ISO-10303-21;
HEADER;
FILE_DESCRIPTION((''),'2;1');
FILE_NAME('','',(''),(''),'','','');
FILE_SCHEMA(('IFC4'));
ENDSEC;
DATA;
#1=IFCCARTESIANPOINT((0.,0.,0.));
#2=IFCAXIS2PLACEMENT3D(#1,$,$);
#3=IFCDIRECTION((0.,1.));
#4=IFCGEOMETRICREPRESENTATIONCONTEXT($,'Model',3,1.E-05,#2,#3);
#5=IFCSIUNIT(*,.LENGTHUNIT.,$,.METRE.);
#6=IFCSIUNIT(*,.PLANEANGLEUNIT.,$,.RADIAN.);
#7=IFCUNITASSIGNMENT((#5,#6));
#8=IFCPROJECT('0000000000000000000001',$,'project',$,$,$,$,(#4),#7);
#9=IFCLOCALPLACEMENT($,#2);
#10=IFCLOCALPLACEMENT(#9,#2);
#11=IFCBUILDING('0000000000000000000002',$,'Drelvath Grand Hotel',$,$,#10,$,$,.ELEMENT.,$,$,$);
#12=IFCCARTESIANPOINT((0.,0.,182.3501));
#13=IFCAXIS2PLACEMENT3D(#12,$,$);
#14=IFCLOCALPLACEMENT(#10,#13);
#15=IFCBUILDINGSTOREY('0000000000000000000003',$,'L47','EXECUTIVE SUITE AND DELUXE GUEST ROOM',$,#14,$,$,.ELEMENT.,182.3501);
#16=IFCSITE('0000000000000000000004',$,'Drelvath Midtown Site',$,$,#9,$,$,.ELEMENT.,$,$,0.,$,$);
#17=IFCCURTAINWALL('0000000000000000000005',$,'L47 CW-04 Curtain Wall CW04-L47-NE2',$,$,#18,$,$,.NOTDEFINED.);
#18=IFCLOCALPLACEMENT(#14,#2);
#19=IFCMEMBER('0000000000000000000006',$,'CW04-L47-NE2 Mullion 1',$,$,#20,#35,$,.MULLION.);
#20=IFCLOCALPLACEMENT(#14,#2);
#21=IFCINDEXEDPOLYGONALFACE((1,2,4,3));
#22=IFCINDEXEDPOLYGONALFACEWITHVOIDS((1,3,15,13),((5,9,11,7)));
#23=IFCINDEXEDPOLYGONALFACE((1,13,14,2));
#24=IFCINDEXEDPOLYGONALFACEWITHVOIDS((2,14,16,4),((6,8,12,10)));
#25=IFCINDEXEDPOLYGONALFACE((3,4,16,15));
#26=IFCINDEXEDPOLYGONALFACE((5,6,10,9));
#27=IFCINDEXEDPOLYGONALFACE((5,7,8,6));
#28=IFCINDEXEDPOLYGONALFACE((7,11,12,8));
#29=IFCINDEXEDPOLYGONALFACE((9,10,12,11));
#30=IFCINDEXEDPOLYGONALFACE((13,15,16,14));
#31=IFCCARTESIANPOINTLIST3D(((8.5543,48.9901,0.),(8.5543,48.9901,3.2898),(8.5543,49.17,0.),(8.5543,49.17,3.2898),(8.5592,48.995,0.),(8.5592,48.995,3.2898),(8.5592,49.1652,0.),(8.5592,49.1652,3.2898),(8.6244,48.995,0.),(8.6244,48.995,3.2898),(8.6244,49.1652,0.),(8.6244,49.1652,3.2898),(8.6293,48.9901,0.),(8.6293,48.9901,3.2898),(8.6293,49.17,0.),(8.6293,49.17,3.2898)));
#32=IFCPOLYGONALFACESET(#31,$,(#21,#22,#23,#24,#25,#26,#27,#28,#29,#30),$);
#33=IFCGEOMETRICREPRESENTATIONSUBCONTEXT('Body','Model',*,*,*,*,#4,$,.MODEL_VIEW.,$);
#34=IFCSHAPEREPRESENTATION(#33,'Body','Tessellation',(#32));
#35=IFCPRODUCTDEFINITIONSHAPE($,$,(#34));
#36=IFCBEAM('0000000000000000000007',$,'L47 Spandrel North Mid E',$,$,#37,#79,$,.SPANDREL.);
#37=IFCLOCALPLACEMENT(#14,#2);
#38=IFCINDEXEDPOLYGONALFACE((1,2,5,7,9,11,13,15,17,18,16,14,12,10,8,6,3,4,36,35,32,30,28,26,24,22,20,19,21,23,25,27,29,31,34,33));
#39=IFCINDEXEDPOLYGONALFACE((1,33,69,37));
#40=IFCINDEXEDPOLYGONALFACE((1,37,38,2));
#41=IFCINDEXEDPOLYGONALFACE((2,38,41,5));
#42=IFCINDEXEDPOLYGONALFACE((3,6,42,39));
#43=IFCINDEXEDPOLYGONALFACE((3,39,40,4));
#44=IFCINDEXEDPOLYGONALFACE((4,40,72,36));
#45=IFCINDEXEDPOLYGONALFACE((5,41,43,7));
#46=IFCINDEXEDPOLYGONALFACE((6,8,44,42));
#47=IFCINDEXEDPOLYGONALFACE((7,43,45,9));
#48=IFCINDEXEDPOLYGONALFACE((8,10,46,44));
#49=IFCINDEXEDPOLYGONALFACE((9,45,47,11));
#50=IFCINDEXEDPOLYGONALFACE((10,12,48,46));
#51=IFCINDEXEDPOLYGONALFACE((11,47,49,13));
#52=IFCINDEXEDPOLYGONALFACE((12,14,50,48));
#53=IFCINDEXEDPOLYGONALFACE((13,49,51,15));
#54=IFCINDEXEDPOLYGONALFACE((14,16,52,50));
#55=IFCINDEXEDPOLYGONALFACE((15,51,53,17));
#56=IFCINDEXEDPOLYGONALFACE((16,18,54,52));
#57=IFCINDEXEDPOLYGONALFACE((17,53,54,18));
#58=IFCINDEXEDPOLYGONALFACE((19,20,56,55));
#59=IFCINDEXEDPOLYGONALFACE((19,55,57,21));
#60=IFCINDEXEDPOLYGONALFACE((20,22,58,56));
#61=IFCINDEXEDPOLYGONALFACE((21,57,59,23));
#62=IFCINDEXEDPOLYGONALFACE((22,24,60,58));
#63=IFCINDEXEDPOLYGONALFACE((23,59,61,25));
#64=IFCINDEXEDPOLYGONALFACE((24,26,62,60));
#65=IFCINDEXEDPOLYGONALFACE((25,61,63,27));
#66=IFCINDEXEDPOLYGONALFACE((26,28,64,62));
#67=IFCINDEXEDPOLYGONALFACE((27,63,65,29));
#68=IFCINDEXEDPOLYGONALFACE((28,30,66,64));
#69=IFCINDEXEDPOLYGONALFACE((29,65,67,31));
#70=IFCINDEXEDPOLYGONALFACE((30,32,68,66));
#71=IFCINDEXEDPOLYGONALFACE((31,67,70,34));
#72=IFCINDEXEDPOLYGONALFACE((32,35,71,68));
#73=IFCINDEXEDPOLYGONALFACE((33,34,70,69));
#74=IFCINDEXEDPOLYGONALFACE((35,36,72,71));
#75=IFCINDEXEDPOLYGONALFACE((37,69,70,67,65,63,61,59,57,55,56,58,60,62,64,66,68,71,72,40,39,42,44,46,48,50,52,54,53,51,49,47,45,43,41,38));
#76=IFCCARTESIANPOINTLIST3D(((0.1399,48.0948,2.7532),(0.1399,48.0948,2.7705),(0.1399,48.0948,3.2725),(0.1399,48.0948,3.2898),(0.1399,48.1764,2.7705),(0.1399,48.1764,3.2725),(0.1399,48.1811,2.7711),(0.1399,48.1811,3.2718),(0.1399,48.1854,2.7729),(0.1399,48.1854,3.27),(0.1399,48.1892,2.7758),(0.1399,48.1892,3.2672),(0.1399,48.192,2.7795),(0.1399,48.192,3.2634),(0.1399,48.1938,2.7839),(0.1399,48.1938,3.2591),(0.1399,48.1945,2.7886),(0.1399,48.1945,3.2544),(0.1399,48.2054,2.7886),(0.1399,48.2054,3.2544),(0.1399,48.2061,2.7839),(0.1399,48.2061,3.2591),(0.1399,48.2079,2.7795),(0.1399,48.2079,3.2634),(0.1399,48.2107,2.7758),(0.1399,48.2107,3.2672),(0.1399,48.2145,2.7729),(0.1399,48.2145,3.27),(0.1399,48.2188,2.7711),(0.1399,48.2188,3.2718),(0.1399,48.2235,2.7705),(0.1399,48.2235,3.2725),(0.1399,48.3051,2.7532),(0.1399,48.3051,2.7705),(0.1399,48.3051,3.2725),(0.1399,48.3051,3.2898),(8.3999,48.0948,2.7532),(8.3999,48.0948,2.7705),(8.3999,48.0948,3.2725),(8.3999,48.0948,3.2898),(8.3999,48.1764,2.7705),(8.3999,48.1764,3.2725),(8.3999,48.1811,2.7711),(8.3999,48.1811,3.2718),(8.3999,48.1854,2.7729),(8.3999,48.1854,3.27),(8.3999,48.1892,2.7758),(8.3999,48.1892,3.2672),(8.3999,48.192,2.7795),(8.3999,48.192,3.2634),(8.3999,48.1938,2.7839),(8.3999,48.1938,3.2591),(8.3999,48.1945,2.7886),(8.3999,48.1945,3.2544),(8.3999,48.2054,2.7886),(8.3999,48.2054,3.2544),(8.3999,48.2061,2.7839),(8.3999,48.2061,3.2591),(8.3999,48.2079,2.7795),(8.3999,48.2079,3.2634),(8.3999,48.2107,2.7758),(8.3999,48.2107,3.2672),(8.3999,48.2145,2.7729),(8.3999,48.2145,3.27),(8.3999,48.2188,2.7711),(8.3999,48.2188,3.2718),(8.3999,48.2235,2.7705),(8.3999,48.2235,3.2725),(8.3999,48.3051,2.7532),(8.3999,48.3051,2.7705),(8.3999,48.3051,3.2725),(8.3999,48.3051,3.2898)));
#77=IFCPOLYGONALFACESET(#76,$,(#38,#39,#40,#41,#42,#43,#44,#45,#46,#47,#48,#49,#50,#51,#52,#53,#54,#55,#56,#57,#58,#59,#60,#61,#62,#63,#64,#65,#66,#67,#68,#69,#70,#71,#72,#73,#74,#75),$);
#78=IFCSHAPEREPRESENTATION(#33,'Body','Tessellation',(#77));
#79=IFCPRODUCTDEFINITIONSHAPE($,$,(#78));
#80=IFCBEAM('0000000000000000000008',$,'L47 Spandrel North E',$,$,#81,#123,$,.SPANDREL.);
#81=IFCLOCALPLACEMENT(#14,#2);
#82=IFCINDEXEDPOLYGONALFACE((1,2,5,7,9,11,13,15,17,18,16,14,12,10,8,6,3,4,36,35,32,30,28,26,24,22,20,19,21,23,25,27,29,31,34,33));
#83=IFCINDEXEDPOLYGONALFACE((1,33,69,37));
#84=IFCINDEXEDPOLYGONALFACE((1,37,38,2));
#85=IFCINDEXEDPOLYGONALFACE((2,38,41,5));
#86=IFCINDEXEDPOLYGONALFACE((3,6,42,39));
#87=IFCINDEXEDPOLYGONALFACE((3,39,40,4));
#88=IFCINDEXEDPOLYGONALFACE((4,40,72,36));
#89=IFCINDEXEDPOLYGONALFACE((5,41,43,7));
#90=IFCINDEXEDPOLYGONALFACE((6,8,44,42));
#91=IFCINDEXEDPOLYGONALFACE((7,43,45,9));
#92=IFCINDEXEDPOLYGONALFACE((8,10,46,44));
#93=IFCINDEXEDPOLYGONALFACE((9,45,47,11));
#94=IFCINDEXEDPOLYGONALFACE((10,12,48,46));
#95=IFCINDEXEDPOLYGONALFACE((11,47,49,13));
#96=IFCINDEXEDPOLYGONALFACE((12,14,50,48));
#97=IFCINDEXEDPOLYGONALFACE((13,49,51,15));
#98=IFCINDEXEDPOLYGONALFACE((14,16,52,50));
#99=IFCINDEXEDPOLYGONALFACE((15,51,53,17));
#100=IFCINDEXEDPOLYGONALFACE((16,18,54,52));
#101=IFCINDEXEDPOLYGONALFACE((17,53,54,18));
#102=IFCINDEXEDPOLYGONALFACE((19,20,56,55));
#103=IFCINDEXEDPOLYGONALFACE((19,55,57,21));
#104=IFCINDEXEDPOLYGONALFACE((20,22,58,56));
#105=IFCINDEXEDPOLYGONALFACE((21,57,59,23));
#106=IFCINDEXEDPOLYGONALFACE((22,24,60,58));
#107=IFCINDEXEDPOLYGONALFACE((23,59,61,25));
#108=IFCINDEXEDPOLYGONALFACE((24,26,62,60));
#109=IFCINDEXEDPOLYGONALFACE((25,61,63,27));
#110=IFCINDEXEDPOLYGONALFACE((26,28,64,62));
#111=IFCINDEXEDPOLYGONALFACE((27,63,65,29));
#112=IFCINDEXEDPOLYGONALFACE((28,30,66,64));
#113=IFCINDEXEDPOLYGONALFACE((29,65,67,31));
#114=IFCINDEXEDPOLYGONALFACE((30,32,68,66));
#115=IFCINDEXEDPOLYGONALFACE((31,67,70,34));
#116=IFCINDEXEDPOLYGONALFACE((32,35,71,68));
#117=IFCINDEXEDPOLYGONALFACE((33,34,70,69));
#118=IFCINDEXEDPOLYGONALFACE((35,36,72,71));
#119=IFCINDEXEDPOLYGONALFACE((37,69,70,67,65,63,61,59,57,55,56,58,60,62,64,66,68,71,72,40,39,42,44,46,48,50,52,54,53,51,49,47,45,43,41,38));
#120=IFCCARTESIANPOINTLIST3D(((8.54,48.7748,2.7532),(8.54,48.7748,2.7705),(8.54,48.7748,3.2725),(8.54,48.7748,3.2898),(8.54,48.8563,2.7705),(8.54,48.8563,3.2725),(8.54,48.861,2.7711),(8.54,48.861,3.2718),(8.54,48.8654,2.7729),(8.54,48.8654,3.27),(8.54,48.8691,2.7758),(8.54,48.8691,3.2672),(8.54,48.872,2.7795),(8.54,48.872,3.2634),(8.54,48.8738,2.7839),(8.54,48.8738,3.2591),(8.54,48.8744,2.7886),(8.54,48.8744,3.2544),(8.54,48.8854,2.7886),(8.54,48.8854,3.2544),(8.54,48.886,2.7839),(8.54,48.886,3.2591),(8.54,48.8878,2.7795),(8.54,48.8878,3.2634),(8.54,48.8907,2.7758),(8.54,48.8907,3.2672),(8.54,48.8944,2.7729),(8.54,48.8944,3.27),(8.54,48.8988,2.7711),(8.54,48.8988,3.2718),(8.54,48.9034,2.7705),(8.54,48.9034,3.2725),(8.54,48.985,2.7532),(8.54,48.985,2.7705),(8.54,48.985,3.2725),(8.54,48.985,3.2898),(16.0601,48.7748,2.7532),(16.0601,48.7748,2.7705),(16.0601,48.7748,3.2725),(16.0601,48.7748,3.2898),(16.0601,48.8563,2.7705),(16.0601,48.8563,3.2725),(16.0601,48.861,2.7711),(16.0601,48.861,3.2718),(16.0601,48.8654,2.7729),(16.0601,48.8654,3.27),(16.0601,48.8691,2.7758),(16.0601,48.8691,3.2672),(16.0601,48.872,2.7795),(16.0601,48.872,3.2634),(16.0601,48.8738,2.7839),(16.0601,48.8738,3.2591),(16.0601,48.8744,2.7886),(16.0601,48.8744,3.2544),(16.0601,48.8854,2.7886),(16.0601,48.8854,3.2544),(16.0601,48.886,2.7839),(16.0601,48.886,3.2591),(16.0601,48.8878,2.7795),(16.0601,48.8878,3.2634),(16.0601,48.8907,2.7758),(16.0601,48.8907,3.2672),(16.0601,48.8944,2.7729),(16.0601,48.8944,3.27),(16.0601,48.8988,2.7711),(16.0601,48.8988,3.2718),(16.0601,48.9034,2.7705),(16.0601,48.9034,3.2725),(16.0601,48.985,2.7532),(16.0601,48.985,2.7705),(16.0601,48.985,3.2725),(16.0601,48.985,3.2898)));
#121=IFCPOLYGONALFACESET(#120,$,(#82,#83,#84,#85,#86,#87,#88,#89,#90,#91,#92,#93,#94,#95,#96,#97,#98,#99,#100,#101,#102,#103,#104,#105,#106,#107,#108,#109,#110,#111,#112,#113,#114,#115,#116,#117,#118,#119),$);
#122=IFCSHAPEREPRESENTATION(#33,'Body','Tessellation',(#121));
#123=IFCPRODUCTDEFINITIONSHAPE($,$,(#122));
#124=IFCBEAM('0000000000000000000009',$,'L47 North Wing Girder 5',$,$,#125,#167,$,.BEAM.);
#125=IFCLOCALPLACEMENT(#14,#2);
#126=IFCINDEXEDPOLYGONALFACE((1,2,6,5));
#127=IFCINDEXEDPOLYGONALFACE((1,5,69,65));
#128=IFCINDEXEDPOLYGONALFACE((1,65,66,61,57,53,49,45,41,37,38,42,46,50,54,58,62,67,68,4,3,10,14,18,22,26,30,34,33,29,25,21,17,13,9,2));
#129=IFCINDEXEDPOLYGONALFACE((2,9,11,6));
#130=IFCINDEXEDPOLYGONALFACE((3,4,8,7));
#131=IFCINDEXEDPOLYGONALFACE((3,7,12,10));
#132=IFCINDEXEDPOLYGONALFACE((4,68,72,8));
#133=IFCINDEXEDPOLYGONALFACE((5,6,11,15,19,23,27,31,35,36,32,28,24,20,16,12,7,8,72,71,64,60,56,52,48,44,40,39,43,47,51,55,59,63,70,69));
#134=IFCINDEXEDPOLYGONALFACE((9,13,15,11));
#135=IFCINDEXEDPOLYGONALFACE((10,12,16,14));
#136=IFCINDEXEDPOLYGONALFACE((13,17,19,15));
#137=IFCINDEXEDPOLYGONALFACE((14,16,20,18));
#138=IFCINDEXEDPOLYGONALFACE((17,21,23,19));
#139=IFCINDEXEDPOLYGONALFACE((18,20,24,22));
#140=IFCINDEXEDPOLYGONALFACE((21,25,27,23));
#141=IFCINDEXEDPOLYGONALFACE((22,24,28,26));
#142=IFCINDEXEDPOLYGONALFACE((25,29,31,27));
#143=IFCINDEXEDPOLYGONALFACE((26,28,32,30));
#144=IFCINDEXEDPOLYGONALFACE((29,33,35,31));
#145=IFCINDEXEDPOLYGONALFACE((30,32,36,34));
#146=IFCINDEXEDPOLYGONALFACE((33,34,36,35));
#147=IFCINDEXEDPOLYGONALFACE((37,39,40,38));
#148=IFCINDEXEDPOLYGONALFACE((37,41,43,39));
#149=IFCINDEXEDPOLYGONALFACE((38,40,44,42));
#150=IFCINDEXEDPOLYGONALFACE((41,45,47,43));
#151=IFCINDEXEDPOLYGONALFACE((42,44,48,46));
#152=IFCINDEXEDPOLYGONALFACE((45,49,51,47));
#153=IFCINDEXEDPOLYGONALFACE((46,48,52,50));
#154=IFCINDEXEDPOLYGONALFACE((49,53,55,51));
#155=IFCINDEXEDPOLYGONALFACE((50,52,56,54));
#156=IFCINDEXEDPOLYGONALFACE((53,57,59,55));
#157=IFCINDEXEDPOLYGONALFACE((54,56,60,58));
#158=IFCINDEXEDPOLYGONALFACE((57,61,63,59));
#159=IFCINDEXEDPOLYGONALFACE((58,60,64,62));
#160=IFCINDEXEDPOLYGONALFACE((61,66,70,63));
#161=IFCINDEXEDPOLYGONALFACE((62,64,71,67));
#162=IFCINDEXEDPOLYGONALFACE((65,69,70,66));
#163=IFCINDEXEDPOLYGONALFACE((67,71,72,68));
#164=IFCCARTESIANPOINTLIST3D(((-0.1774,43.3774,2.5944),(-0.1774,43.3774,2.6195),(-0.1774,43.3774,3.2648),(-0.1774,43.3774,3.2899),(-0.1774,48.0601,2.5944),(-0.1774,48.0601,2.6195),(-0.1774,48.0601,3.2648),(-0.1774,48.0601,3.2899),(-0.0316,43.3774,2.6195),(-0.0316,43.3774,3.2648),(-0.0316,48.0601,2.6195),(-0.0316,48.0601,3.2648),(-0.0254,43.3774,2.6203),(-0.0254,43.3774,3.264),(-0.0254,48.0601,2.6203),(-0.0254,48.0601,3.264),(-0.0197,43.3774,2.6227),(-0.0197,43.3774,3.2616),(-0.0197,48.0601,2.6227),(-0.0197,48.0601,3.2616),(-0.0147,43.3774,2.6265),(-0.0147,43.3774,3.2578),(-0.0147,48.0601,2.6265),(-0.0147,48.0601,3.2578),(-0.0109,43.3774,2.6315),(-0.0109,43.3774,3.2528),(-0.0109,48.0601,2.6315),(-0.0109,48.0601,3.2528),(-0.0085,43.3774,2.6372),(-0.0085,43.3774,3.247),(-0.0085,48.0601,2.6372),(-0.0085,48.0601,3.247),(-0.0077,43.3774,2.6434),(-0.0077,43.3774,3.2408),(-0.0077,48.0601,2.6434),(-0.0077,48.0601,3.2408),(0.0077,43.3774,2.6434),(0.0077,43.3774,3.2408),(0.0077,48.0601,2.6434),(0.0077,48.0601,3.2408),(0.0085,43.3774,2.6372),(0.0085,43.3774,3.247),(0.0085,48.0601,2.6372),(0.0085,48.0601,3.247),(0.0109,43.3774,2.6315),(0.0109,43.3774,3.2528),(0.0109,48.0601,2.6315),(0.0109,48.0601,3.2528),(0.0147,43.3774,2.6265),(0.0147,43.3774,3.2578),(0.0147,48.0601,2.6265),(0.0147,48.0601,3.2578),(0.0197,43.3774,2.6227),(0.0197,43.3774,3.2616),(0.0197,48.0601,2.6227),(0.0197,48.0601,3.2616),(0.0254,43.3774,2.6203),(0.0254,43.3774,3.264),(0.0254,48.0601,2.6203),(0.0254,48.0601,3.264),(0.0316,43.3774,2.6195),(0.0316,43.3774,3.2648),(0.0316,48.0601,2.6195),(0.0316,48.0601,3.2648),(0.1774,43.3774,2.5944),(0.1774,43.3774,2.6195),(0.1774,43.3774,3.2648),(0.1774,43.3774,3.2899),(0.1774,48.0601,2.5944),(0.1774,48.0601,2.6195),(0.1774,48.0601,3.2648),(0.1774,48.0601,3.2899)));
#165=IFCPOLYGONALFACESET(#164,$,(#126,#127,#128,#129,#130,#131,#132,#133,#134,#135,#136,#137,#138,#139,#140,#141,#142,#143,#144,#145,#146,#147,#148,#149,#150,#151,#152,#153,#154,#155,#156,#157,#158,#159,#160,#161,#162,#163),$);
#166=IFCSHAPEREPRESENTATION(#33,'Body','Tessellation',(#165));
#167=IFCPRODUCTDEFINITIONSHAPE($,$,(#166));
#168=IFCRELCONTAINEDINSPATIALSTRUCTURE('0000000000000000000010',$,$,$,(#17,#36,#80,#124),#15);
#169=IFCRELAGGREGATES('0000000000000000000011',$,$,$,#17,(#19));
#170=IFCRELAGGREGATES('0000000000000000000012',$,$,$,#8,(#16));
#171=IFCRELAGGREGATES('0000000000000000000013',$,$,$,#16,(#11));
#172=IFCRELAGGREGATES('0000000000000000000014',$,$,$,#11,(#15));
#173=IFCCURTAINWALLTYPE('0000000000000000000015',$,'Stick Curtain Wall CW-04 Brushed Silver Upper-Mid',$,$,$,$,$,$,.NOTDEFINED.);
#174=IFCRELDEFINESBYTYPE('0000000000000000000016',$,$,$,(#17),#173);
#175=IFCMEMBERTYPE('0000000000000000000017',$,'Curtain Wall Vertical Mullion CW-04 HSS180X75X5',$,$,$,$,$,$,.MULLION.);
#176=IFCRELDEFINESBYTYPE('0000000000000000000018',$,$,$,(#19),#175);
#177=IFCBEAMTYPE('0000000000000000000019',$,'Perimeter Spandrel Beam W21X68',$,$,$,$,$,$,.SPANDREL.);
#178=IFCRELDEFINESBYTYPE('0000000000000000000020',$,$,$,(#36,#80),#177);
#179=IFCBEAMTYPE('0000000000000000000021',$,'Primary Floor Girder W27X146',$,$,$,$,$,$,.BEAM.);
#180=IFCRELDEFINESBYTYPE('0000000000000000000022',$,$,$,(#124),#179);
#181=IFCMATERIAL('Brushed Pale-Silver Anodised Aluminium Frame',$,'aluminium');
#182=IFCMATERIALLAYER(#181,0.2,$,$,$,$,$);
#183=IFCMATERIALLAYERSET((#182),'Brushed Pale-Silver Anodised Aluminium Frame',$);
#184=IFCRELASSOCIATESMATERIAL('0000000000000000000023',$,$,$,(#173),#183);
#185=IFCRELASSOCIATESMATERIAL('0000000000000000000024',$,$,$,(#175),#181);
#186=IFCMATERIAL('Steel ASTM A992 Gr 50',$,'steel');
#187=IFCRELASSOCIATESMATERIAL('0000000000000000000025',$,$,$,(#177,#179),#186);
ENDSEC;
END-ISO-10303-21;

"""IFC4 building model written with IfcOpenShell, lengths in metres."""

from ifc_helpers import new_model, si_unit, direction, frame, origin, origin_2d, place, context, subcontext, project, spatial, hollow_rectangle, i_section, extrude, material, layer, layer_set, material_profile, profile_set, type_object, element, aggregate, save


model = new_model("IFC4")

# Units and contexts
model_context = context("Model", 3, precision=1e-05, world=origin(), true_north=direction((0.0, 1.0)))
body_context = subcontext(model_context, "Body", "Model", "MODEL_VIEW")
ifc_project = project(units=[si_unit("LENGTHUNIT", "METRE"), si_unit("PLANEANGLEUNIT", "RADIAN")], contexts=[model_context])

# Site, building, storey
site_placement = place(None, origin())
site = spatial("IfcSite", under=ifc_project, at=site_placement, Name="Drelvath Midtown Site", CompositionType="ELEMENT", RefElevation=0.0)
building_placement = place(site_placement, origin())
building = spatial("IfcBuilding", under=site, at=building_placement, Name="Drelvath Grand Hotel", CompositionType="ELEMENT")
storey_placement = place(building_placement, frame((0.0, 0.0, 182.3501)))
storey = spatial("IfcBuildingStorey", under=building, at=storey_placement, Name="L47", Description="EXECUTIVE SUITE AND DELUXE GUEST ROOM", CompositionType="ELEMENT", Elevation=182.3501)

# Curtain wall
ifc_material_1 = material(Name="Brushed Pale-Silver Anodised Aluminium Frame", Category="aluminium")
ifc_layer_1 = layer(ifc_material_1, 0.2)
ifc_layer_set_1 = layer_set([ifc_layer_1], Name="Brushed Pale-Silver Anodised Aluminium Frame")
curtain_wall_type = type_object("IfcCurtainWallType", Name="Stick Curtain Wall CW-04 Brushed Silver Upper-Mid", PredefinedType="NOTDEFINED", material=ifc_layer_set_1)
curtain_wall_1_placement = place(storey_placement, origin())
curtain_wall_1 = element("IfcCurtainWall", 1, at=curtain_wall_1_placement, inside=storey, type_object=curtain_wall_type, Name="L47 CW-04 Curtain Wall CW04-L47-NE2", PredefinedType="NOTDEFINED")

# Member
ifc_material_profile_1 = material_profile(ifc_material_1, hollow_rectangle(XDim=0.075, YDim=0.1799, WallThickness=0.0049, at=origin_2d()), Name="HSS180X75X5")
ifc_profile_set_1 = profile_set([ifc_material_profile_1], Name="Brushed Pale-Silver Anodised Aluminium Frame")
member_type_1 = type_object("IfcMemberType", Name="Curtain Wall Vertical Mullion CW-04 HSS180X75X5", PredefinedType="MULLION", material=ifc_profile_set_1)
member_1_placement = place(storey_placement, frame((8.5918, 49.0801, 0.0), z_axis=(0.0, 0.0, 1.0), x_axis=(1.0, 0.0, 0.0)))
member_1 = element("IfcMember", 2, at=member_1_placement, type_object=member_type_1, Name="CW04-L47-NE2 Mullion 1", PredefinedType="MULLION", context=body_context, shape_type="SweptSolid", body=[
    extrude(hollow_rectangle(XDim=0.075, YDim=0.1799, WallThickness=0.0049, at=origin_2d()), origin(), (0.0, 0.0, 1.0), 3.2898),
])

# Beams
ifc_material_2 = material(Name="Steel ASTM A992 Gr 50", Category="steel")
ifc_material_profile_2 = material_profile(ifc_material_2, i_section(OverallWidth=0.2102, OverallDepth=0.5366, WebThickness=0.011, FlangeThickness=0.0173, FilletRadius=0.0181, at=origin_2d()), Name="W21X68")
ifc_profile_set_2 = profile_set([ifc_material_profile_2], Name="Steel ASTM A992 Gr 50")
beam_type_1 = type_object("IfcBeamType", Name="Perimeter Spandrel Beam W21X68", PredefinedType="SPANDREL", material=ifc_profile_set_2)
beam_1_placement = place(storey_placement, frame((0.1399, 48.2, 3.0215), z_axis=(1.0, 0.0, 0.0), x_axis=(0.0, 1.0, 0.0)))
element("IfcBeam", 3, at=beam_1_placement, inside=storey, type_object=beam_type_1, Name="L47 Spandrel North Mid E", PredefinedType="SPANDREL", context=body_context, shape_type="SweptSolid", body=[
    extrude(i_section(OverallWidth=0.2102, OverallDepth=0.5366, WebThickness=0.011, FlangeThickness=0.0173, FilletRadius=0.0181, at=origin_2d()), origin(), (0.0, 0.0, 1.0), 8.26),
])
beam_2_placement = place(storey_placement, frame((8.54, 48.8799, 3.0215), z_axis=(1.0, 0.0, 0.0), x_axis=(0.0, 1.0, 0.0)))
element("IfcBeam", 4, at=beam_2_placement, inside=storey, type_object=beam_type_1, Name="L47 Spandrel North E", PredefinedType="SPANDREL", context=body_context, shape_type="SweptSolid", body=[
    extrude(i_section(OverallWidth=0.2102, OverallDepth=0.5366, WebThickness=0.011, FlangeThickness=0.0173, FilletRadius=0.0181, at=origin_2d()), origin(), (0.0, 0.0, 1.0), 7.52),
])
ifc_material_profile_3 = material_profile(ifc_material_2, i_section(OverallWidth=0.3547, OverallDepth=0.6956, WebThickness=0.0154, FlangeThickness=0.0251, FilletRadius=0.0239, at=origin_2d()), Name="W27X146")
ifc_profile_set_3 = profile_set([ifc_material_profile_3], Name="Steel ASTM A992 Gr 50")
beam_type_2 = type_object("IfcBeamType", Name="Primary Floor Girder W27X146", PredefinedType="BEAM", material=ifc_profile_set_3)
beam_3_placement = place(storey_placement, frame((0.0, 43.3774, 2.9421), z_axis=(0.0, 1.0, 0.0), x_axis=(-1.0, 0.0, 0.0)))
element("IfcBeam", 5, at=beam_3_placement, inside=storey, type_object=beam_type_2, Name="L47 North Wing Girder 5", PredefinedType="BEAM", context=body_context, shape_type="SweptSolid", body=[
    extrude(i_section(OverallWidth=0.3547, OverallDepth=0.6956, WebThickness=0.0154, FlangeThickness=0.0251, FilletRadius=0.0239, at=origin_2d()), origin(), (0.0, 0.0, 1.0), 4.6826),
])

aggregate(curtain_wall_1, [member_1])

save(model, "model.ifc")
